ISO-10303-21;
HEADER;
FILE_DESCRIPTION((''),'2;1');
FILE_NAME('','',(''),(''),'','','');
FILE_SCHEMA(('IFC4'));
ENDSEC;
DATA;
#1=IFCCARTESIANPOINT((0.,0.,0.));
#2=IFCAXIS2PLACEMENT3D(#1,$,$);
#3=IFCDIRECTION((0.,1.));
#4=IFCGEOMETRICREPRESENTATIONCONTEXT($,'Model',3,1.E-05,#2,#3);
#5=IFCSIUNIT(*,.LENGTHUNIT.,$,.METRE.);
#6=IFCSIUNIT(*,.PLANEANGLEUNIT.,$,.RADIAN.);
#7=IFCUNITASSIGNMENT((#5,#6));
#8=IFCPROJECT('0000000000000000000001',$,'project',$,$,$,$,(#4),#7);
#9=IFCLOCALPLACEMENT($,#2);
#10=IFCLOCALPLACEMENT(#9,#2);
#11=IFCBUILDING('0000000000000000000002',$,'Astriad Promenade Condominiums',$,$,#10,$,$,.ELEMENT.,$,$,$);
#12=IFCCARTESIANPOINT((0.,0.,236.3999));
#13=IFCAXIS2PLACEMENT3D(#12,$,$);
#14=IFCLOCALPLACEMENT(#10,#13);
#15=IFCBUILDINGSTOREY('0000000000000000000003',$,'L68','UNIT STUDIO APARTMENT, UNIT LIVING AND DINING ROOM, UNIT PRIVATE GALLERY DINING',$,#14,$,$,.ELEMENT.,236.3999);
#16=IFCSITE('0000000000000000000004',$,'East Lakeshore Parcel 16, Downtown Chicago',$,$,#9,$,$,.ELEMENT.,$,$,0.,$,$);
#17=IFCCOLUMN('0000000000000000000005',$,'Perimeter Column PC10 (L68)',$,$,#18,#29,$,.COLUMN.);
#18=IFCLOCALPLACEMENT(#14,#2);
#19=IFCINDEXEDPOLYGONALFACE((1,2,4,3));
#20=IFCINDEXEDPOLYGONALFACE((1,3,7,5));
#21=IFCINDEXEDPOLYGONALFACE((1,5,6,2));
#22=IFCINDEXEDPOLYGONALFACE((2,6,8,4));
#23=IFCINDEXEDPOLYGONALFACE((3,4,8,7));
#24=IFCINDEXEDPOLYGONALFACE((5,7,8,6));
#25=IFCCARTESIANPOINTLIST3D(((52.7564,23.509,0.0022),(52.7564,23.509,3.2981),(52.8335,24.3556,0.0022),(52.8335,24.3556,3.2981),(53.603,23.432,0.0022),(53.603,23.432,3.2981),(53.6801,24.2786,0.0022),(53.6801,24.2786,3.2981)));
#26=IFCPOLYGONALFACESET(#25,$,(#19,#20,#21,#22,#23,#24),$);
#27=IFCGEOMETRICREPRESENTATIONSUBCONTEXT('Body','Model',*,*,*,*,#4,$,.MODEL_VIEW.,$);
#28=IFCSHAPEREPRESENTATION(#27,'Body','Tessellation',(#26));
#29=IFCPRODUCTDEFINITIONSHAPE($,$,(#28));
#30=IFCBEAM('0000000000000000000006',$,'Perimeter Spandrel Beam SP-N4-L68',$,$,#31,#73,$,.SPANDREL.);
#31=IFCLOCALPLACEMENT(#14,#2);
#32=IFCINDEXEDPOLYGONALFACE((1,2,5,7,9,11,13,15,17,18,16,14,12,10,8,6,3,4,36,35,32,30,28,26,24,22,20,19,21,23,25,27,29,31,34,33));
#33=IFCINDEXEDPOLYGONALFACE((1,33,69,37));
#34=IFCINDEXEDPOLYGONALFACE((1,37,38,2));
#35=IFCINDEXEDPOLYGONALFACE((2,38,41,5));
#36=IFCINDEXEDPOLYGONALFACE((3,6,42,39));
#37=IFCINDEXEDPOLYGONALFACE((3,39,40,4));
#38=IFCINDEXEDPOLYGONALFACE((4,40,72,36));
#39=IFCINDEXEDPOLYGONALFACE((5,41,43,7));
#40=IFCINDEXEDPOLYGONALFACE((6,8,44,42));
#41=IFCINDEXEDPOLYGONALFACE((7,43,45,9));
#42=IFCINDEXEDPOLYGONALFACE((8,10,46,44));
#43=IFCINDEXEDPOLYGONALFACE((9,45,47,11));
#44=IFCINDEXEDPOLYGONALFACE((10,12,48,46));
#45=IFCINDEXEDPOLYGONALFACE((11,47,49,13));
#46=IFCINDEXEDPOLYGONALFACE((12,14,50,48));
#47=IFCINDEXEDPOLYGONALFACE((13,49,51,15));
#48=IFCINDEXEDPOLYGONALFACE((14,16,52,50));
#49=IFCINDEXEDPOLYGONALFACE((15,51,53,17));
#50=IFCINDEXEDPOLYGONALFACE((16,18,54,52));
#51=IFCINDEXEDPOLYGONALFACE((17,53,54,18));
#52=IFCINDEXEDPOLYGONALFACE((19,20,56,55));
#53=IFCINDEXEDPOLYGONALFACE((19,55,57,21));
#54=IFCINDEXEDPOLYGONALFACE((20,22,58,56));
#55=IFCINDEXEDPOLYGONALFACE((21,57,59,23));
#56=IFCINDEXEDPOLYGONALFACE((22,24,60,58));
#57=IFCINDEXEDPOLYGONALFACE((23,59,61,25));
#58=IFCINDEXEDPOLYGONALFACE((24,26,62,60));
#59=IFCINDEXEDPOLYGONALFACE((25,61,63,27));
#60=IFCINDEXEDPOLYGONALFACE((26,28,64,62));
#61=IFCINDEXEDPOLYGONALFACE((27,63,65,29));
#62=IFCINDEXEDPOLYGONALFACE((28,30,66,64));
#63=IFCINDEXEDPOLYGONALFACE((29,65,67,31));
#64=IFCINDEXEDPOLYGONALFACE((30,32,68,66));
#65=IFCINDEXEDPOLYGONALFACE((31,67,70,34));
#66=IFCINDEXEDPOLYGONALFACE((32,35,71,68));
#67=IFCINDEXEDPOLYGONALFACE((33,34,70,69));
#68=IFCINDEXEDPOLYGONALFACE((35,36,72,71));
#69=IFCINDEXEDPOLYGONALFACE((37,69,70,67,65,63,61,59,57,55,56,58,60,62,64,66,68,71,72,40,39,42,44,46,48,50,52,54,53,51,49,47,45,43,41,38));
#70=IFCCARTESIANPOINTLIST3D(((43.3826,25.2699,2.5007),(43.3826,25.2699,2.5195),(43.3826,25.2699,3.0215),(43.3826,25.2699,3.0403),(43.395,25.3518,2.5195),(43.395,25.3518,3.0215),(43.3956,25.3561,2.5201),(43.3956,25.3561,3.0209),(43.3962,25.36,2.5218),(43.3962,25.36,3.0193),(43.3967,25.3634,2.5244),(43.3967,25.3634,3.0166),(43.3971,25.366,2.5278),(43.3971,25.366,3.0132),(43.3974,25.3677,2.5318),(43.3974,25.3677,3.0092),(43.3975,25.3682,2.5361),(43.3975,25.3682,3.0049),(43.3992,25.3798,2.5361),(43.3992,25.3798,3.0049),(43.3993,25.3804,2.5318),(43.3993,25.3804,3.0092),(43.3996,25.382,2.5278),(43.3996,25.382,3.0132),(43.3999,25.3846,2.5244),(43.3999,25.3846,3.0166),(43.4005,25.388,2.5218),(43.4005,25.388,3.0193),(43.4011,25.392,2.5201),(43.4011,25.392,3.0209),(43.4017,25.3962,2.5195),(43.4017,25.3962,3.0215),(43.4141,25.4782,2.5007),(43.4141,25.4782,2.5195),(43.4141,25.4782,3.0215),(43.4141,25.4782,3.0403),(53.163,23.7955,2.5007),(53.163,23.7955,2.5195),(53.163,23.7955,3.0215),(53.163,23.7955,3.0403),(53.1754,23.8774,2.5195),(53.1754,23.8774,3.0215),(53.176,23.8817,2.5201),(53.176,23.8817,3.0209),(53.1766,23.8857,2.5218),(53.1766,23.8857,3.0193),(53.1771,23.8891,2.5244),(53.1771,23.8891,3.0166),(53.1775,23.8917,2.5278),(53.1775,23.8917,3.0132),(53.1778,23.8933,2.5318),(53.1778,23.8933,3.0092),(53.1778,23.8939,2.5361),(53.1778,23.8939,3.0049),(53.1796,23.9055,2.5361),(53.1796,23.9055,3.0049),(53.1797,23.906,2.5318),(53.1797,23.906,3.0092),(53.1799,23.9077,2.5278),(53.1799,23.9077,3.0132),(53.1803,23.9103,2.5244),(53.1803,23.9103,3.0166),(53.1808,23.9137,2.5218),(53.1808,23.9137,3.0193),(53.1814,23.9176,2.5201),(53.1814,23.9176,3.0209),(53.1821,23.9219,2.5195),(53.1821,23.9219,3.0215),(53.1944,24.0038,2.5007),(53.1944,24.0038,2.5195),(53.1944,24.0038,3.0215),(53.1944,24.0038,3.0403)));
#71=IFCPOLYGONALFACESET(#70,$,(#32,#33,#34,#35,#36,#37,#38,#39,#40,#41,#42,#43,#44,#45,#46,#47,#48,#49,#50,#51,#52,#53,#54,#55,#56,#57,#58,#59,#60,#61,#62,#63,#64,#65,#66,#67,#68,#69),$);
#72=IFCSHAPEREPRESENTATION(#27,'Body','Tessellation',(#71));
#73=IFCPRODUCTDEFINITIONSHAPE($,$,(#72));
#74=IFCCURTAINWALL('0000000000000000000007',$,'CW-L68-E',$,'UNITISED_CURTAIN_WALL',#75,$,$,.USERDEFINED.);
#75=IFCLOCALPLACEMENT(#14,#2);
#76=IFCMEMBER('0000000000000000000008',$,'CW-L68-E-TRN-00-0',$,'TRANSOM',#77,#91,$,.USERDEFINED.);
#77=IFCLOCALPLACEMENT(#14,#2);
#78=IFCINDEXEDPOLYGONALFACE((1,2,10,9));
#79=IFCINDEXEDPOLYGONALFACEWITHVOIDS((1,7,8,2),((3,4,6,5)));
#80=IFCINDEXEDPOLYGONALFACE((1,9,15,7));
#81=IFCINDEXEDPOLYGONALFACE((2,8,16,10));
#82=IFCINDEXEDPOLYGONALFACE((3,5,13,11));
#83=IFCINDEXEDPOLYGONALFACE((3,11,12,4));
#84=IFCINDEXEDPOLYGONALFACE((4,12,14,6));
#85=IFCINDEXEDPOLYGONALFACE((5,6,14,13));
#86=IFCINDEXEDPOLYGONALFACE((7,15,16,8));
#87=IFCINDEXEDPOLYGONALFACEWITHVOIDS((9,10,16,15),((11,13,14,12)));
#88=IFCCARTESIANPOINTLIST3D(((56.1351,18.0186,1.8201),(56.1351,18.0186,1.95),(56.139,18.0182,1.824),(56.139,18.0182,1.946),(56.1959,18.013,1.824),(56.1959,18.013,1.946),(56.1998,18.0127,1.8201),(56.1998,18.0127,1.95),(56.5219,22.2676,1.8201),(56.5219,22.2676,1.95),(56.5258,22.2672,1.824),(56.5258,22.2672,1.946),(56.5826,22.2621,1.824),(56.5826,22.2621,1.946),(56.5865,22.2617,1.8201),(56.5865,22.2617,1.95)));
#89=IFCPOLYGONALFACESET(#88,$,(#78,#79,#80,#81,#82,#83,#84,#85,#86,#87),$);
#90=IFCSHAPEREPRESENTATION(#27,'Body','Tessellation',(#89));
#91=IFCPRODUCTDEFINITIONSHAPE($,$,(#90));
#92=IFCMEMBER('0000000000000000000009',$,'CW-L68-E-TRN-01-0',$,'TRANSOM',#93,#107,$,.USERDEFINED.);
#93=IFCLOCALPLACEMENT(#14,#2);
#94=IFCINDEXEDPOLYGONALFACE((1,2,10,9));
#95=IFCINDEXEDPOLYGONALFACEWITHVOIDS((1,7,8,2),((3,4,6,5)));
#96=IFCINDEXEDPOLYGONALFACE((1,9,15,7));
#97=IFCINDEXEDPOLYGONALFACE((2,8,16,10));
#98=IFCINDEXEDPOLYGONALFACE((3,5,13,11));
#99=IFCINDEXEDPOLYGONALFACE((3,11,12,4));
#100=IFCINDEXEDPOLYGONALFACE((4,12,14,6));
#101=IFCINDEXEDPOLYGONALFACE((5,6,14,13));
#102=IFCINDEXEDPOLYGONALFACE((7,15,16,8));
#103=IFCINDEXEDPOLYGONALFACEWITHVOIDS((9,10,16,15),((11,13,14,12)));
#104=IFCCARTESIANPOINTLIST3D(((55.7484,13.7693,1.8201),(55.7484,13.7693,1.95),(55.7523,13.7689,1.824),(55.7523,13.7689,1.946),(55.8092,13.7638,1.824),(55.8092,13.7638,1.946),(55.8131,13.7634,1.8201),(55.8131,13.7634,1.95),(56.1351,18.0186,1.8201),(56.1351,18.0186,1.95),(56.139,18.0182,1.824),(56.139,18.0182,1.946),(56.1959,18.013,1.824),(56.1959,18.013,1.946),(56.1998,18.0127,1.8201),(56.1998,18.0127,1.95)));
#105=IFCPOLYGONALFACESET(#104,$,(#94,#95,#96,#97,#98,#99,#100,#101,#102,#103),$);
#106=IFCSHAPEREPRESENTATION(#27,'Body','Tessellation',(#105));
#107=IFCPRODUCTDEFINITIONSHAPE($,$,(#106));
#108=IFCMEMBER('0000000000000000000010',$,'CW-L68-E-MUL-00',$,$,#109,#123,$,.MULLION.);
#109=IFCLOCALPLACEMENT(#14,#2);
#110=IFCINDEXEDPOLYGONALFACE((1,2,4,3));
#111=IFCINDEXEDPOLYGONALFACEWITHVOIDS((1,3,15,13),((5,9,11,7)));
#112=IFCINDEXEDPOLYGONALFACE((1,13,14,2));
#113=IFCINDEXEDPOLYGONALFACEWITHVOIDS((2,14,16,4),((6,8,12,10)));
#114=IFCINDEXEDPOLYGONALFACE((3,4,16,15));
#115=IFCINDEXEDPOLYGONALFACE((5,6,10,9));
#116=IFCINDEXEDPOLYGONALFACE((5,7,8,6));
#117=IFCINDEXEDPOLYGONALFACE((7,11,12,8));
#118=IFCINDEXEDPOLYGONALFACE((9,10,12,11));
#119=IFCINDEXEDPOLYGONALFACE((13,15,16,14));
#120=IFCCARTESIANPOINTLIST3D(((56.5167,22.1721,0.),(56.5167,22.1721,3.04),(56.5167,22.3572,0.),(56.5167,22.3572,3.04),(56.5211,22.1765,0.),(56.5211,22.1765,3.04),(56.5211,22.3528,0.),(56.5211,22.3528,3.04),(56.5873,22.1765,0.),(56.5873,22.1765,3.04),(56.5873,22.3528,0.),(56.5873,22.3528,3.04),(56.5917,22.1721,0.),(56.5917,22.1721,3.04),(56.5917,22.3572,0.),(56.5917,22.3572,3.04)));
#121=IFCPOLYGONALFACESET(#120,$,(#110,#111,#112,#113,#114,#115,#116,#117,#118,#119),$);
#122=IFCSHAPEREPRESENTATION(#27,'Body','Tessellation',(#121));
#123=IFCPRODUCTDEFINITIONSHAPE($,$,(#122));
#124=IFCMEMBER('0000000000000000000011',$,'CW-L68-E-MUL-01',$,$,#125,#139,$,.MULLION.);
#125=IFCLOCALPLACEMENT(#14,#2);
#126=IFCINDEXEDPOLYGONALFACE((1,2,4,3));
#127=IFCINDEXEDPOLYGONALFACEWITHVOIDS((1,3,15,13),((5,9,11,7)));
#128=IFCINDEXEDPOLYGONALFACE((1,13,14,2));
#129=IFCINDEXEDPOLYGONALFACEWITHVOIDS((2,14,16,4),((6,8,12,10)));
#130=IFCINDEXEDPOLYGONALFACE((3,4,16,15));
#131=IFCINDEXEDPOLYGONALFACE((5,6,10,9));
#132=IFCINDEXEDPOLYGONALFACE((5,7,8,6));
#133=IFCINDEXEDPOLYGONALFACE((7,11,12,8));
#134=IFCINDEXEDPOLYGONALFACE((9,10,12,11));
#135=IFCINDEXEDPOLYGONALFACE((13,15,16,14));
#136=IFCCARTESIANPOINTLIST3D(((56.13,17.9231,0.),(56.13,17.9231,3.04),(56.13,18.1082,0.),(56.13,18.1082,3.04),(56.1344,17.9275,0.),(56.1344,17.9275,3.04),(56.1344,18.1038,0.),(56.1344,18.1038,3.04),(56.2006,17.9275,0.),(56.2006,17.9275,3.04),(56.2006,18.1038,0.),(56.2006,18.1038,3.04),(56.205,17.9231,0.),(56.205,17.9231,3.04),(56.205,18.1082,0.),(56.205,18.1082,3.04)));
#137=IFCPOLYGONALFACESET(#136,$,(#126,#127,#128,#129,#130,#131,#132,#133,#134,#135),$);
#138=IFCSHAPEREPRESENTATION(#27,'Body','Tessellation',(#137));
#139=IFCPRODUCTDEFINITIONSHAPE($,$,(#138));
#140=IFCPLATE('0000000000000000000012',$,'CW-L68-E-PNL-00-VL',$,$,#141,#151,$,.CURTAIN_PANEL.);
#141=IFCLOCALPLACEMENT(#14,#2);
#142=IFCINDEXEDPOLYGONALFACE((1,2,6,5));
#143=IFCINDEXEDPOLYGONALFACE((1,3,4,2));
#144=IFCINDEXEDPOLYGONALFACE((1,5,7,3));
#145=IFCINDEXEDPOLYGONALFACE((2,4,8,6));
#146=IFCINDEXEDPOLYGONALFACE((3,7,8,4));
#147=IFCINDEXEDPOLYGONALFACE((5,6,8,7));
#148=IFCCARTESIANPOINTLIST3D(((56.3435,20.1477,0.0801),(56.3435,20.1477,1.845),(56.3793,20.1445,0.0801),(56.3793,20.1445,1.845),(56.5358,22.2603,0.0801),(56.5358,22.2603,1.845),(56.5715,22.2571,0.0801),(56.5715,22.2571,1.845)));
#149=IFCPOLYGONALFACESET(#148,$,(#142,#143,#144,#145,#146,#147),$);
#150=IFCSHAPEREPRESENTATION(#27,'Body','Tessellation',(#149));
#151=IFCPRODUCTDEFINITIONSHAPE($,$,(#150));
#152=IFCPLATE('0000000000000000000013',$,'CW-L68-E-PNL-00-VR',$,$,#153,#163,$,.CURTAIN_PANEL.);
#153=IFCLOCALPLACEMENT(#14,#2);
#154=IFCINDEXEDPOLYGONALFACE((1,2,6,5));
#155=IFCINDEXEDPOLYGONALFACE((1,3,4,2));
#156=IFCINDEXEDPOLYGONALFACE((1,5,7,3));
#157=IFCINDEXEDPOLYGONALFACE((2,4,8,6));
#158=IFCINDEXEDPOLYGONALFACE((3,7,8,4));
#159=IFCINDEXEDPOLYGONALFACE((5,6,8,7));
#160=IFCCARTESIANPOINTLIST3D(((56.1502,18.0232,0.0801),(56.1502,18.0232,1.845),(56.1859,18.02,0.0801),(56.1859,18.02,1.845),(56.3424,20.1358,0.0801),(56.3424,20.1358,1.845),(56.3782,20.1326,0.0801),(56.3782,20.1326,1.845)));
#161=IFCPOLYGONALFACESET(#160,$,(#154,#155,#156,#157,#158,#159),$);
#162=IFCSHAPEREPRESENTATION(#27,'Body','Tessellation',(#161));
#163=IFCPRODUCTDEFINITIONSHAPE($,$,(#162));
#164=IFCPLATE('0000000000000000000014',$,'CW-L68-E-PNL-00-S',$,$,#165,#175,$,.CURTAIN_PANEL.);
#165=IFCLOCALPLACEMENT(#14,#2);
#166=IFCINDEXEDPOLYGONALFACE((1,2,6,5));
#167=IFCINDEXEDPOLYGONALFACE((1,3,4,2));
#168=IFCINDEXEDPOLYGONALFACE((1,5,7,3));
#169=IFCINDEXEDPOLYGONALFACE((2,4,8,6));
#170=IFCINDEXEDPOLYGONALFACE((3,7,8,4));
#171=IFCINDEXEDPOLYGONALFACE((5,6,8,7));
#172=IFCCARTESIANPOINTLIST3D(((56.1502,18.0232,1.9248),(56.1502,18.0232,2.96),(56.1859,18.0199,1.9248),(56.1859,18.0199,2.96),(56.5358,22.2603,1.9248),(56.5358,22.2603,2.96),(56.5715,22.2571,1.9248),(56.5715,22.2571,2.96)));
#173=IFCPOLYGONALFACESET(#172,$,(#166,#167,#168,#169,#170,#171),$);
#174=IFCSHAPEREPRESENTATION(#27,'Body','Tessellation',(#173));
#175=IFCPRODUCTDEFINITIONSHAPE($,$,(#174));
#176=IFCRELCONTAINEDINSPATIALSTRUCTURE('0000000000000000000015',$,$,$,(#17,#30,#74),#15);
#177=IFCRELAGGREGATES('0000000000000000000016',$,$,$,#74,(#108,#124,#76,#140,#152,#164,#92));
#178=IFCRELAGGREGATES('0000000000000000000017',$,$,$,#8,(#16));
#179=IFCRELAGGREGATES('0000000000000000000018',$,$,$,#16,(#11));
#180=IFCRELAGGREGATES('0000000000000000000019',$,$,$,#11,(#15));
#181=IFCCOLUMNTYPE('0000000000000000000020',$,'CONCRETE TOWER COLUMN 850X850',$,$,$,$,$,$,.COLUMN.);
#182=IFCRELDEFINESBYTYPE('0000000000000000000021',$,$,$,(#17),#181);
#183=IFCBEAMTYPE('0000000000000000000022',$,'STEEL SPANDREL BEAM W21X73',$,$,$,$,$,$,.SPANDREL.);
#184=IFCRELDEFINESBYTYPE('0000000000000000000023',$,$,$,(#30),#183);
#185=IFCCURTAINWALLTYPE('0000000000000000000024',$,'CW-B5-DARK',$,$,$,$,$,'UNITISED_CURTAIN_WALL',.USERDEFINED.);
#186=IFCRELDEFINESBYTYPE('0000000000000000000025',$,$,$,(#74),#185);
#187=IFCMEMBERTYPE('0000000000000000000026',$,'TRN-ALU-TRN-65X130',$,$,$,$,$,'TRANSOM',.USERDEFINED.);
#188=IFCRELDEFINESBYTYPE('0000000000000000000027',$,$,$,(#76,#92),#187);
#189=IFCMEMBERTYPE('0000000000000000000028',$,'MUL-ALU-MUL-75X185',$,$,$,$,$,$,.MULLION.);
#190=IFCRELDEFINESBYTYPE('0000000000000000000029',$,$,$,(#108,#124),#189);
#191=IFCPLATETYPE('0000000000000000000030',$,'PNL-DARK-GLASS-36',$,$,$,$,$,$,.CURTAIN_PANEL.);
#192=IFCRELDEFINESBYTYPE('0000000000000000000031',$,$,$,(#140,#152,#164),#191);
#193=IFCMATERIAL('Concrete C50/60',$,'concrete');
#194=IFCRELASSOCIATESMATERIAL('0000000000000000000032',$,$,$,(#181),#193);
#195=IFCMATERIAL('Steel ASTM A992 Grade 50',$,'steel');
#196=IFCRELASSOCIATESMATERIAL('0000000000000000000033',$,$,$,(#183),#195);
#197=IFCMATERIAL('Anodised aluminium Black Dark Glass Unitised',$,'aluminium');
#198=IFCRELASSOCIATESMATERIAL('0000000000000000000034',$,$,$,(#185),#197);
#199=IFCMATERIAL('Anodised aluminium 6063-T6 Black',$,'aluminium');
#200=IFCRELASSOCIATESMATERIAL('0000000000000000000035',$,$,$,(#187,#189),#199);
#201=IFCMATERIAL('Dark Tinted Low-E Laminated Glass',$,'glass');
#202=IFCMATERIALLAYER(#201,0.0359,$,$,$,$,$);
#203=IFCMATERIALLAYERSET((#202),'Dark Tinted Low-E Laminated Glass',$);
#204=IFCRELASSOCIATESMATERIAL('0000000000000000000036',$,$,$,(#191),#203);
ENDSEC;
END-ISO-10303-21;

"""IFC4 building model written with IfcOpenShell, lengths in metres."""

from ifc_helpers import new_model, si_unit, direction, frame, origin, origin_2d, place, context, subcontext, project, spatial, rectangle, hollow_rectangle, i_section, extrude, source, transform, mapped, material, layer, layer_set, material_profile, profile_set, type_object, type_shapes, element, aggregate, save


model = new_model("IFC4")

# Units and contexts
model_context = context("Model", 3, precision=1e-05, world=origin(), true_north=direction((0.0, 1.0)))
body_context = subcontext(model_context, "Body", "Model", "MODEL_VIEW")
ifc_project = project(units=[si_unit("LENGTHUNIT", "METRE"), si_unit("PLANEANGLEUNIT", "RADIAN")], contexts=[model_context])

# Site, building, storey
site_placement = place(None, origin())
site = spatial("IfcSite", under=ifc_project, at=site_placement, Name="East Lakeshore Parcel 16, Downtown Chicago", CompositionType="ELEMENT", RefElevation=0.0)
building_placement = place(site_placement, origin())
building = spatial("IfcBuilding", under=site, at=building_placement, Name="Astriad Promenade Condominiums", CompositionType="ELEMENT")
storey_placement = place(building_placement, frame((0.0, 0.0, 236.3999)))
storey = spatial("IfcBuildingStorey", under=building, at=storey_placement, Name="L68", Description="UNIT STUDIO APARTMENT, UNIT LIVING AND DINING ROOM, UNIT PRIVATE GALLERY DINING", CompositionType="ELEMENT", Elevation=236.3999)

# Column
ifc_material_1 = material(Name="Concrete C50/60", Category="concrete")
ifc_material_profile_1 = material_profile(ifc_material_1, rectangle(XDim=0.8501, YDim=0.8501, at=origin_2d()), Name="RC-COL-850X850")
ifc_profile_set_1 = profile_set([ifc_material_profile_1], Name="Concrete C50/60")
column_type = type_object("IfcColumnType", Name="CONCRETE TOWER COLUMN 850X850", PredefinedType="COLUMN", material=ifc_profile_set_1)
shared_shape_1 = source(origin(), body_context, "Body", "SweptSolid", [
    extrude(rectangle(XDim=0.8501, YDim=0.8501, at=origin_2d()), origin(), (0.0, 0.0, 1.0), 3.2959),
])
type_shapes(column_type, [shared_shape_1])
column_placement = place(storey_placement, frame((53.2183, 23.8938, 0.0022), z_axis=(0.0, 0.0, 1.0), x_axis=(0.995884, -0.090633, 0.0)))
element("IfcColumn", 1, at=column_placement, inside=storey, type_object=column_type, Name="Perimeter Column PC10 (L68)", PredefinedType="COLUMN", context=body_context, shape_type="MappedRepresentation", body=[
    mapped(shared_shape_1, transform((0.0, 0.0, 0.0), scale=1.0)),
])

# Beam
ifc_material_2 = material(Name="Steel ASTM A992 Grade 50", Category="steel")
ifc_material_profile_2 = material_profile(ifc_material_2, i_section(OverallWidth=0.2107, OverallDepth=0.5396, WebThickness=0.0117, FlangeThickness=0.0188, FilletRadius=0.0166, at=origin_2d()), Name="W21X73")
ifc_profile_set_2 = profile_set([ifc_material_profile_2], Name="Steel ASTM A992 Grade 50")
beam_type = type_object("IfcBeamType", Name="STEEL SPANDREL BEAM W21X73", PredefinedType="SPANDREL", material=ifc_profile_set_2)
shared_shape_2 = source(origin(), body_context, "Body", "SweptSolid", [
    extrude(i_section(OverallWidth=0.2107, OverallDepth=0.5396, WebThickness=0.0117, FlangeThickness=0.0188, FilletRadius=0.0166, at=origin_2d()), origin(), (0.0, 0.0, 1.0), 9.8909),
])
type_shapes(beam_type, [shared_shape_2])
beam_placement = place(storey_placement, frame((53.1787, 23.8997, 2.7705), z_axis=(-0.988827, 0.149065, 0.0), x_axis=(-0.149065, -0.988827, 0.0)))
element("IfcBeam", 2, at=beam_placement, inside=storey, type_object=beam_type, Name="Perimeter Spandrel Beam SP-N4-L68", PredefinedType="SPANDREL", context=body_context, shape_type="MappedRepresentation", body=[
    mapped(shared_shape_2, transform((0.0, 0.0, 0.0), scale=1.0)),
])

# Curtain wall, members, plates
ifc_material_3 = material(Name="Anodised aluminium Black Dark Glass Unitised", Category="aluminium")
curtain_wall_type = type_object("IfcCurtainWallType", Name="CW-B5-DARK", ElementType="UNITISED_CURTAIN_WALL", PredefinedType="USERDEFINED", material=ifc_material_3)
curtain_wall_placement = place(storey_placement, origin())
curtain_wall = element("IfcCurtainWall", 3, at=curtain_wall_placement, inside=storey, type_object=curtain_wall_type, Name="CW-L68-E", ObjectType="UNITISED_CURTAIN_WALL", PredefinedType="USERDEFINED")
ifc_material_4 = material(Name="Anodised aluminium 6063-T6 Black", Category="aluminium")
ifc_material_profile_3 = material_profile(ifc_material_4, hollow_rectangle(XDim=0.0649, YDim=0.1299, WallThickness=0.0039, at=origin_2d()), Name="ALU-TRN-65X130")
ifc_profile_set_3 = profile_set([ifc_material_profile_3], Name="Anodised aluminium 6063-T6 Black")
member_type_1 = type_object("IfcMemberType", Name="TRN-ALU-TRN-65X130", ElementType="TRANSOM", PredefinedType="USERDEFINED", material=ifc_profile_set_3)
shared_shape_3 = source(origin(), body_context, "Body", "SweptSolid", [
    extrude(hollow_rectangle(XDim=0.0649, YDim=0.1299, WallThickness=0.0039, at=origin_2d()), origin(), (0.0, 0.0, 1.0), 4.2666),
])
member_1_placement = place(storey_placement, frame((56.5542, 22.2646, 1.885), z_axis=(-0.090639, -0.995884, 0.0), x_axis=(0.995884, -0.090639, 0.0)))
member_1 = element("IfcMember", 4, at=member_1_placement, type_object=member_type_1, Name="CW-L68-E-TRN-00-0", ObjectType="TRANSOM", PredefinedType="USERDEFINED", context=body_context, shape_type="MappedRepresentation", body=[
    mapped(shared_shape_3, transform((0.0, 0.0, 0.0), scale=1.0)),
])
shared_shape_4 = source(origin(), body_context, "Body", "SweptSolid", [
    extrude(hollow_rectangle(XDim=0.0649, YDim=0.1299, WallThickness=0.0039, at=origin_2d()), origin(), (0.0, 0.0, 1.0), 4.2668),
])
type_shapes(member_type_1, [shared_shape_3, shared_shape_4])
member_2_placement = place(storey_placement, frame((56.1675, 18.0156, 1.885), z_axis=(-0.090634, -0.995884, 0.0), x_axis=(0.995884, -0.090634, 0.0)))
member_2 = element("IfcMember", 5, at=member_2_placement, type_object=member_type_1, Name="CW-L68-E-TRN-01-0", ObjectType="TRANSOM", PredefinedType="USERDEFINED", context=body_context, shape_type="MappedRepresentation", body=[
    mapped(shared_shape_4, transform((0.0, 0.0, 0.0), scale=1.0)),
])
ifc_material_profile_4 = material_profile(ifc_material_4, hollow_rectangle(XDim=0.075, YDim=0.1851, WallThickness=0.0044, at=origin_2d()), Name="ALU-MUL-75X185")
ifc_profile_set_4 = profile_set([ifc_material_profile_4], Name="Anodised aluminium 6063-T6 Black")
member_type_2 = type_object("IfcMemberType", Name="MUL-ALU-MUL-75X185", PredefinedType="MULLION", material=ifc_profile_set_4)
shared_shape_5 = source(origin(), body_context, "Body", "SweptSolid", [
    extrude(hollow_rectangle(XDim=0.075, YDim=0.1851, WallThickness=0.0044, at=origin_2d()), origin(), (0.0, 0.0, 1.0), 3.04),
])
type_shapes(member_type_2, [shared_shape_5])
member_3_placement = place(storey_placement, frame((56.5542, 22.2646, 0.0), z_axis=(0.0, 0.0, 1.0), x_axis=(1.0, 0.0, 0.0)))
member_3 = element("IfcMember", 6, at=member_3_placement, type_object=member_type_2, Name="CW-L68-E-MUL-00", PredefinedType="MULLION", context=body_context, shape_type="MappedRepresentation", body=[
    mapped(shared_shape_5, transform((0.0, 0.0, 0.0), scale=1.0)),
])
member_4_placement = place(storey_placement, frame((56.1675, 18.0156, 0.0), z_axis=(0.0, 0.0, 1.0), x_axis=(1.0, 0.0, 0.0)))
member_4 = element("IfcMember", 7, at=member_4_placement, type_object=member_type_2, Name="CW-L68-E-MUL-01", PredefinedType="MULLION", context=body_context, shape_type="MappedRepresentation", body=[
    mapped(shared_shape_5, transform((0.0, 0.0, 0.0), scale=1.0)),
])
ifc_material_5 = material(Name="Dark Tinted Low-E Laminated Glass", Category="glass")
ifc_layer_1 = layer(ifc_material_5, 0.0359)
ifc_layer_set_1 = layer_set([ifc_layer_1], Name="Dark Tinted Low-E Laminated Glass")
plate_type = type_object("IfcPlateType", Name="PNL-DARK-GLASS-36", PredefinedType="CURTAIN_PANEL", material=ifc_layer_set_1)
shared_shape_6 = source(origin(), body_context, "Body", "SweptSolid", [
    extrude(rectangle(XDim=2.1213, YDim=0.0359, at=origin_2d()), origin(), (0.0, 0.0, 1.0), 1.7649),
])
plate_1_placement = place(storey_placement, frame((56.4575, 21.2024, 0.0801), z_axis=(0.0, 0.0, 1.0), x_axis=(-0.090633, -0.995884, 0.0)))
plate_1 = element("IfcPlate", 8, at=plate_1_placement, type_object=plate_type, Name="CW-L68-E-PNL-00-VL", PredefinedType="CURTAIN_PANEL", context=body_context, shape_type="MappedRepresentation", body=[
    mapped(shared_shape_6, transform((0.0, 0.0, 0.0), scale=1.0)),
])
plate_2_placement = place(storey_placement, frame((56.2642, 19.0779, 0.0801), z_axis=(0.0, 0.0, 1.0), x_axis=(-0.090633, -0.995884, 0.0)))
plate_2 = element("IfcPlate", 9, at=plate_2_placement, type_object=plate_type, Name="CW-L68-E-PNL-00-VR", PredefinedType="CURTAIN_PANEL", context=body_context, shape_type="MappedRepresentation", body=[
    mapped(shared_shape_6, transform((0.0, 0.0, 0.0), scale=1.0)),
])
shared_shape_7 = source(origin(), body_context, "Body", "SweptSolid", [
    extrude(rectangle(XDim=4.2546, YDim=0.0359, at=origin_2d()), origin(), (0.0, 0.0, 1.0), 1.0352),
])
type_shapes(plate_type, [shared_shape_6, shared_shape_7])
plate_3_placement = place(storey_placement, frame((56.3608, 20.1401, 1.9248), z_axis=(0.0, 0.0, 1.0), x_axis=(-0.090633, -0.995884, 0.0)))
plate_3 = element("IfcPlate", 10, at=plate_3_placement, type_object=plate_type, Name="CW-L68-E-PNL-00-S", PredefinedType="CURTAIN_PANEL", context=body_context, shape_type="MappedRepresentation", body=[
    mapped(shared_shape_7, transform((0.0, 0.0, 0.0), scale=1.0)),
])
aggregate(curtain_wall, [member_3, member_4, member_1, plate_1, plate_2, plate_3, member_2])

save(model, "model.ifc")
